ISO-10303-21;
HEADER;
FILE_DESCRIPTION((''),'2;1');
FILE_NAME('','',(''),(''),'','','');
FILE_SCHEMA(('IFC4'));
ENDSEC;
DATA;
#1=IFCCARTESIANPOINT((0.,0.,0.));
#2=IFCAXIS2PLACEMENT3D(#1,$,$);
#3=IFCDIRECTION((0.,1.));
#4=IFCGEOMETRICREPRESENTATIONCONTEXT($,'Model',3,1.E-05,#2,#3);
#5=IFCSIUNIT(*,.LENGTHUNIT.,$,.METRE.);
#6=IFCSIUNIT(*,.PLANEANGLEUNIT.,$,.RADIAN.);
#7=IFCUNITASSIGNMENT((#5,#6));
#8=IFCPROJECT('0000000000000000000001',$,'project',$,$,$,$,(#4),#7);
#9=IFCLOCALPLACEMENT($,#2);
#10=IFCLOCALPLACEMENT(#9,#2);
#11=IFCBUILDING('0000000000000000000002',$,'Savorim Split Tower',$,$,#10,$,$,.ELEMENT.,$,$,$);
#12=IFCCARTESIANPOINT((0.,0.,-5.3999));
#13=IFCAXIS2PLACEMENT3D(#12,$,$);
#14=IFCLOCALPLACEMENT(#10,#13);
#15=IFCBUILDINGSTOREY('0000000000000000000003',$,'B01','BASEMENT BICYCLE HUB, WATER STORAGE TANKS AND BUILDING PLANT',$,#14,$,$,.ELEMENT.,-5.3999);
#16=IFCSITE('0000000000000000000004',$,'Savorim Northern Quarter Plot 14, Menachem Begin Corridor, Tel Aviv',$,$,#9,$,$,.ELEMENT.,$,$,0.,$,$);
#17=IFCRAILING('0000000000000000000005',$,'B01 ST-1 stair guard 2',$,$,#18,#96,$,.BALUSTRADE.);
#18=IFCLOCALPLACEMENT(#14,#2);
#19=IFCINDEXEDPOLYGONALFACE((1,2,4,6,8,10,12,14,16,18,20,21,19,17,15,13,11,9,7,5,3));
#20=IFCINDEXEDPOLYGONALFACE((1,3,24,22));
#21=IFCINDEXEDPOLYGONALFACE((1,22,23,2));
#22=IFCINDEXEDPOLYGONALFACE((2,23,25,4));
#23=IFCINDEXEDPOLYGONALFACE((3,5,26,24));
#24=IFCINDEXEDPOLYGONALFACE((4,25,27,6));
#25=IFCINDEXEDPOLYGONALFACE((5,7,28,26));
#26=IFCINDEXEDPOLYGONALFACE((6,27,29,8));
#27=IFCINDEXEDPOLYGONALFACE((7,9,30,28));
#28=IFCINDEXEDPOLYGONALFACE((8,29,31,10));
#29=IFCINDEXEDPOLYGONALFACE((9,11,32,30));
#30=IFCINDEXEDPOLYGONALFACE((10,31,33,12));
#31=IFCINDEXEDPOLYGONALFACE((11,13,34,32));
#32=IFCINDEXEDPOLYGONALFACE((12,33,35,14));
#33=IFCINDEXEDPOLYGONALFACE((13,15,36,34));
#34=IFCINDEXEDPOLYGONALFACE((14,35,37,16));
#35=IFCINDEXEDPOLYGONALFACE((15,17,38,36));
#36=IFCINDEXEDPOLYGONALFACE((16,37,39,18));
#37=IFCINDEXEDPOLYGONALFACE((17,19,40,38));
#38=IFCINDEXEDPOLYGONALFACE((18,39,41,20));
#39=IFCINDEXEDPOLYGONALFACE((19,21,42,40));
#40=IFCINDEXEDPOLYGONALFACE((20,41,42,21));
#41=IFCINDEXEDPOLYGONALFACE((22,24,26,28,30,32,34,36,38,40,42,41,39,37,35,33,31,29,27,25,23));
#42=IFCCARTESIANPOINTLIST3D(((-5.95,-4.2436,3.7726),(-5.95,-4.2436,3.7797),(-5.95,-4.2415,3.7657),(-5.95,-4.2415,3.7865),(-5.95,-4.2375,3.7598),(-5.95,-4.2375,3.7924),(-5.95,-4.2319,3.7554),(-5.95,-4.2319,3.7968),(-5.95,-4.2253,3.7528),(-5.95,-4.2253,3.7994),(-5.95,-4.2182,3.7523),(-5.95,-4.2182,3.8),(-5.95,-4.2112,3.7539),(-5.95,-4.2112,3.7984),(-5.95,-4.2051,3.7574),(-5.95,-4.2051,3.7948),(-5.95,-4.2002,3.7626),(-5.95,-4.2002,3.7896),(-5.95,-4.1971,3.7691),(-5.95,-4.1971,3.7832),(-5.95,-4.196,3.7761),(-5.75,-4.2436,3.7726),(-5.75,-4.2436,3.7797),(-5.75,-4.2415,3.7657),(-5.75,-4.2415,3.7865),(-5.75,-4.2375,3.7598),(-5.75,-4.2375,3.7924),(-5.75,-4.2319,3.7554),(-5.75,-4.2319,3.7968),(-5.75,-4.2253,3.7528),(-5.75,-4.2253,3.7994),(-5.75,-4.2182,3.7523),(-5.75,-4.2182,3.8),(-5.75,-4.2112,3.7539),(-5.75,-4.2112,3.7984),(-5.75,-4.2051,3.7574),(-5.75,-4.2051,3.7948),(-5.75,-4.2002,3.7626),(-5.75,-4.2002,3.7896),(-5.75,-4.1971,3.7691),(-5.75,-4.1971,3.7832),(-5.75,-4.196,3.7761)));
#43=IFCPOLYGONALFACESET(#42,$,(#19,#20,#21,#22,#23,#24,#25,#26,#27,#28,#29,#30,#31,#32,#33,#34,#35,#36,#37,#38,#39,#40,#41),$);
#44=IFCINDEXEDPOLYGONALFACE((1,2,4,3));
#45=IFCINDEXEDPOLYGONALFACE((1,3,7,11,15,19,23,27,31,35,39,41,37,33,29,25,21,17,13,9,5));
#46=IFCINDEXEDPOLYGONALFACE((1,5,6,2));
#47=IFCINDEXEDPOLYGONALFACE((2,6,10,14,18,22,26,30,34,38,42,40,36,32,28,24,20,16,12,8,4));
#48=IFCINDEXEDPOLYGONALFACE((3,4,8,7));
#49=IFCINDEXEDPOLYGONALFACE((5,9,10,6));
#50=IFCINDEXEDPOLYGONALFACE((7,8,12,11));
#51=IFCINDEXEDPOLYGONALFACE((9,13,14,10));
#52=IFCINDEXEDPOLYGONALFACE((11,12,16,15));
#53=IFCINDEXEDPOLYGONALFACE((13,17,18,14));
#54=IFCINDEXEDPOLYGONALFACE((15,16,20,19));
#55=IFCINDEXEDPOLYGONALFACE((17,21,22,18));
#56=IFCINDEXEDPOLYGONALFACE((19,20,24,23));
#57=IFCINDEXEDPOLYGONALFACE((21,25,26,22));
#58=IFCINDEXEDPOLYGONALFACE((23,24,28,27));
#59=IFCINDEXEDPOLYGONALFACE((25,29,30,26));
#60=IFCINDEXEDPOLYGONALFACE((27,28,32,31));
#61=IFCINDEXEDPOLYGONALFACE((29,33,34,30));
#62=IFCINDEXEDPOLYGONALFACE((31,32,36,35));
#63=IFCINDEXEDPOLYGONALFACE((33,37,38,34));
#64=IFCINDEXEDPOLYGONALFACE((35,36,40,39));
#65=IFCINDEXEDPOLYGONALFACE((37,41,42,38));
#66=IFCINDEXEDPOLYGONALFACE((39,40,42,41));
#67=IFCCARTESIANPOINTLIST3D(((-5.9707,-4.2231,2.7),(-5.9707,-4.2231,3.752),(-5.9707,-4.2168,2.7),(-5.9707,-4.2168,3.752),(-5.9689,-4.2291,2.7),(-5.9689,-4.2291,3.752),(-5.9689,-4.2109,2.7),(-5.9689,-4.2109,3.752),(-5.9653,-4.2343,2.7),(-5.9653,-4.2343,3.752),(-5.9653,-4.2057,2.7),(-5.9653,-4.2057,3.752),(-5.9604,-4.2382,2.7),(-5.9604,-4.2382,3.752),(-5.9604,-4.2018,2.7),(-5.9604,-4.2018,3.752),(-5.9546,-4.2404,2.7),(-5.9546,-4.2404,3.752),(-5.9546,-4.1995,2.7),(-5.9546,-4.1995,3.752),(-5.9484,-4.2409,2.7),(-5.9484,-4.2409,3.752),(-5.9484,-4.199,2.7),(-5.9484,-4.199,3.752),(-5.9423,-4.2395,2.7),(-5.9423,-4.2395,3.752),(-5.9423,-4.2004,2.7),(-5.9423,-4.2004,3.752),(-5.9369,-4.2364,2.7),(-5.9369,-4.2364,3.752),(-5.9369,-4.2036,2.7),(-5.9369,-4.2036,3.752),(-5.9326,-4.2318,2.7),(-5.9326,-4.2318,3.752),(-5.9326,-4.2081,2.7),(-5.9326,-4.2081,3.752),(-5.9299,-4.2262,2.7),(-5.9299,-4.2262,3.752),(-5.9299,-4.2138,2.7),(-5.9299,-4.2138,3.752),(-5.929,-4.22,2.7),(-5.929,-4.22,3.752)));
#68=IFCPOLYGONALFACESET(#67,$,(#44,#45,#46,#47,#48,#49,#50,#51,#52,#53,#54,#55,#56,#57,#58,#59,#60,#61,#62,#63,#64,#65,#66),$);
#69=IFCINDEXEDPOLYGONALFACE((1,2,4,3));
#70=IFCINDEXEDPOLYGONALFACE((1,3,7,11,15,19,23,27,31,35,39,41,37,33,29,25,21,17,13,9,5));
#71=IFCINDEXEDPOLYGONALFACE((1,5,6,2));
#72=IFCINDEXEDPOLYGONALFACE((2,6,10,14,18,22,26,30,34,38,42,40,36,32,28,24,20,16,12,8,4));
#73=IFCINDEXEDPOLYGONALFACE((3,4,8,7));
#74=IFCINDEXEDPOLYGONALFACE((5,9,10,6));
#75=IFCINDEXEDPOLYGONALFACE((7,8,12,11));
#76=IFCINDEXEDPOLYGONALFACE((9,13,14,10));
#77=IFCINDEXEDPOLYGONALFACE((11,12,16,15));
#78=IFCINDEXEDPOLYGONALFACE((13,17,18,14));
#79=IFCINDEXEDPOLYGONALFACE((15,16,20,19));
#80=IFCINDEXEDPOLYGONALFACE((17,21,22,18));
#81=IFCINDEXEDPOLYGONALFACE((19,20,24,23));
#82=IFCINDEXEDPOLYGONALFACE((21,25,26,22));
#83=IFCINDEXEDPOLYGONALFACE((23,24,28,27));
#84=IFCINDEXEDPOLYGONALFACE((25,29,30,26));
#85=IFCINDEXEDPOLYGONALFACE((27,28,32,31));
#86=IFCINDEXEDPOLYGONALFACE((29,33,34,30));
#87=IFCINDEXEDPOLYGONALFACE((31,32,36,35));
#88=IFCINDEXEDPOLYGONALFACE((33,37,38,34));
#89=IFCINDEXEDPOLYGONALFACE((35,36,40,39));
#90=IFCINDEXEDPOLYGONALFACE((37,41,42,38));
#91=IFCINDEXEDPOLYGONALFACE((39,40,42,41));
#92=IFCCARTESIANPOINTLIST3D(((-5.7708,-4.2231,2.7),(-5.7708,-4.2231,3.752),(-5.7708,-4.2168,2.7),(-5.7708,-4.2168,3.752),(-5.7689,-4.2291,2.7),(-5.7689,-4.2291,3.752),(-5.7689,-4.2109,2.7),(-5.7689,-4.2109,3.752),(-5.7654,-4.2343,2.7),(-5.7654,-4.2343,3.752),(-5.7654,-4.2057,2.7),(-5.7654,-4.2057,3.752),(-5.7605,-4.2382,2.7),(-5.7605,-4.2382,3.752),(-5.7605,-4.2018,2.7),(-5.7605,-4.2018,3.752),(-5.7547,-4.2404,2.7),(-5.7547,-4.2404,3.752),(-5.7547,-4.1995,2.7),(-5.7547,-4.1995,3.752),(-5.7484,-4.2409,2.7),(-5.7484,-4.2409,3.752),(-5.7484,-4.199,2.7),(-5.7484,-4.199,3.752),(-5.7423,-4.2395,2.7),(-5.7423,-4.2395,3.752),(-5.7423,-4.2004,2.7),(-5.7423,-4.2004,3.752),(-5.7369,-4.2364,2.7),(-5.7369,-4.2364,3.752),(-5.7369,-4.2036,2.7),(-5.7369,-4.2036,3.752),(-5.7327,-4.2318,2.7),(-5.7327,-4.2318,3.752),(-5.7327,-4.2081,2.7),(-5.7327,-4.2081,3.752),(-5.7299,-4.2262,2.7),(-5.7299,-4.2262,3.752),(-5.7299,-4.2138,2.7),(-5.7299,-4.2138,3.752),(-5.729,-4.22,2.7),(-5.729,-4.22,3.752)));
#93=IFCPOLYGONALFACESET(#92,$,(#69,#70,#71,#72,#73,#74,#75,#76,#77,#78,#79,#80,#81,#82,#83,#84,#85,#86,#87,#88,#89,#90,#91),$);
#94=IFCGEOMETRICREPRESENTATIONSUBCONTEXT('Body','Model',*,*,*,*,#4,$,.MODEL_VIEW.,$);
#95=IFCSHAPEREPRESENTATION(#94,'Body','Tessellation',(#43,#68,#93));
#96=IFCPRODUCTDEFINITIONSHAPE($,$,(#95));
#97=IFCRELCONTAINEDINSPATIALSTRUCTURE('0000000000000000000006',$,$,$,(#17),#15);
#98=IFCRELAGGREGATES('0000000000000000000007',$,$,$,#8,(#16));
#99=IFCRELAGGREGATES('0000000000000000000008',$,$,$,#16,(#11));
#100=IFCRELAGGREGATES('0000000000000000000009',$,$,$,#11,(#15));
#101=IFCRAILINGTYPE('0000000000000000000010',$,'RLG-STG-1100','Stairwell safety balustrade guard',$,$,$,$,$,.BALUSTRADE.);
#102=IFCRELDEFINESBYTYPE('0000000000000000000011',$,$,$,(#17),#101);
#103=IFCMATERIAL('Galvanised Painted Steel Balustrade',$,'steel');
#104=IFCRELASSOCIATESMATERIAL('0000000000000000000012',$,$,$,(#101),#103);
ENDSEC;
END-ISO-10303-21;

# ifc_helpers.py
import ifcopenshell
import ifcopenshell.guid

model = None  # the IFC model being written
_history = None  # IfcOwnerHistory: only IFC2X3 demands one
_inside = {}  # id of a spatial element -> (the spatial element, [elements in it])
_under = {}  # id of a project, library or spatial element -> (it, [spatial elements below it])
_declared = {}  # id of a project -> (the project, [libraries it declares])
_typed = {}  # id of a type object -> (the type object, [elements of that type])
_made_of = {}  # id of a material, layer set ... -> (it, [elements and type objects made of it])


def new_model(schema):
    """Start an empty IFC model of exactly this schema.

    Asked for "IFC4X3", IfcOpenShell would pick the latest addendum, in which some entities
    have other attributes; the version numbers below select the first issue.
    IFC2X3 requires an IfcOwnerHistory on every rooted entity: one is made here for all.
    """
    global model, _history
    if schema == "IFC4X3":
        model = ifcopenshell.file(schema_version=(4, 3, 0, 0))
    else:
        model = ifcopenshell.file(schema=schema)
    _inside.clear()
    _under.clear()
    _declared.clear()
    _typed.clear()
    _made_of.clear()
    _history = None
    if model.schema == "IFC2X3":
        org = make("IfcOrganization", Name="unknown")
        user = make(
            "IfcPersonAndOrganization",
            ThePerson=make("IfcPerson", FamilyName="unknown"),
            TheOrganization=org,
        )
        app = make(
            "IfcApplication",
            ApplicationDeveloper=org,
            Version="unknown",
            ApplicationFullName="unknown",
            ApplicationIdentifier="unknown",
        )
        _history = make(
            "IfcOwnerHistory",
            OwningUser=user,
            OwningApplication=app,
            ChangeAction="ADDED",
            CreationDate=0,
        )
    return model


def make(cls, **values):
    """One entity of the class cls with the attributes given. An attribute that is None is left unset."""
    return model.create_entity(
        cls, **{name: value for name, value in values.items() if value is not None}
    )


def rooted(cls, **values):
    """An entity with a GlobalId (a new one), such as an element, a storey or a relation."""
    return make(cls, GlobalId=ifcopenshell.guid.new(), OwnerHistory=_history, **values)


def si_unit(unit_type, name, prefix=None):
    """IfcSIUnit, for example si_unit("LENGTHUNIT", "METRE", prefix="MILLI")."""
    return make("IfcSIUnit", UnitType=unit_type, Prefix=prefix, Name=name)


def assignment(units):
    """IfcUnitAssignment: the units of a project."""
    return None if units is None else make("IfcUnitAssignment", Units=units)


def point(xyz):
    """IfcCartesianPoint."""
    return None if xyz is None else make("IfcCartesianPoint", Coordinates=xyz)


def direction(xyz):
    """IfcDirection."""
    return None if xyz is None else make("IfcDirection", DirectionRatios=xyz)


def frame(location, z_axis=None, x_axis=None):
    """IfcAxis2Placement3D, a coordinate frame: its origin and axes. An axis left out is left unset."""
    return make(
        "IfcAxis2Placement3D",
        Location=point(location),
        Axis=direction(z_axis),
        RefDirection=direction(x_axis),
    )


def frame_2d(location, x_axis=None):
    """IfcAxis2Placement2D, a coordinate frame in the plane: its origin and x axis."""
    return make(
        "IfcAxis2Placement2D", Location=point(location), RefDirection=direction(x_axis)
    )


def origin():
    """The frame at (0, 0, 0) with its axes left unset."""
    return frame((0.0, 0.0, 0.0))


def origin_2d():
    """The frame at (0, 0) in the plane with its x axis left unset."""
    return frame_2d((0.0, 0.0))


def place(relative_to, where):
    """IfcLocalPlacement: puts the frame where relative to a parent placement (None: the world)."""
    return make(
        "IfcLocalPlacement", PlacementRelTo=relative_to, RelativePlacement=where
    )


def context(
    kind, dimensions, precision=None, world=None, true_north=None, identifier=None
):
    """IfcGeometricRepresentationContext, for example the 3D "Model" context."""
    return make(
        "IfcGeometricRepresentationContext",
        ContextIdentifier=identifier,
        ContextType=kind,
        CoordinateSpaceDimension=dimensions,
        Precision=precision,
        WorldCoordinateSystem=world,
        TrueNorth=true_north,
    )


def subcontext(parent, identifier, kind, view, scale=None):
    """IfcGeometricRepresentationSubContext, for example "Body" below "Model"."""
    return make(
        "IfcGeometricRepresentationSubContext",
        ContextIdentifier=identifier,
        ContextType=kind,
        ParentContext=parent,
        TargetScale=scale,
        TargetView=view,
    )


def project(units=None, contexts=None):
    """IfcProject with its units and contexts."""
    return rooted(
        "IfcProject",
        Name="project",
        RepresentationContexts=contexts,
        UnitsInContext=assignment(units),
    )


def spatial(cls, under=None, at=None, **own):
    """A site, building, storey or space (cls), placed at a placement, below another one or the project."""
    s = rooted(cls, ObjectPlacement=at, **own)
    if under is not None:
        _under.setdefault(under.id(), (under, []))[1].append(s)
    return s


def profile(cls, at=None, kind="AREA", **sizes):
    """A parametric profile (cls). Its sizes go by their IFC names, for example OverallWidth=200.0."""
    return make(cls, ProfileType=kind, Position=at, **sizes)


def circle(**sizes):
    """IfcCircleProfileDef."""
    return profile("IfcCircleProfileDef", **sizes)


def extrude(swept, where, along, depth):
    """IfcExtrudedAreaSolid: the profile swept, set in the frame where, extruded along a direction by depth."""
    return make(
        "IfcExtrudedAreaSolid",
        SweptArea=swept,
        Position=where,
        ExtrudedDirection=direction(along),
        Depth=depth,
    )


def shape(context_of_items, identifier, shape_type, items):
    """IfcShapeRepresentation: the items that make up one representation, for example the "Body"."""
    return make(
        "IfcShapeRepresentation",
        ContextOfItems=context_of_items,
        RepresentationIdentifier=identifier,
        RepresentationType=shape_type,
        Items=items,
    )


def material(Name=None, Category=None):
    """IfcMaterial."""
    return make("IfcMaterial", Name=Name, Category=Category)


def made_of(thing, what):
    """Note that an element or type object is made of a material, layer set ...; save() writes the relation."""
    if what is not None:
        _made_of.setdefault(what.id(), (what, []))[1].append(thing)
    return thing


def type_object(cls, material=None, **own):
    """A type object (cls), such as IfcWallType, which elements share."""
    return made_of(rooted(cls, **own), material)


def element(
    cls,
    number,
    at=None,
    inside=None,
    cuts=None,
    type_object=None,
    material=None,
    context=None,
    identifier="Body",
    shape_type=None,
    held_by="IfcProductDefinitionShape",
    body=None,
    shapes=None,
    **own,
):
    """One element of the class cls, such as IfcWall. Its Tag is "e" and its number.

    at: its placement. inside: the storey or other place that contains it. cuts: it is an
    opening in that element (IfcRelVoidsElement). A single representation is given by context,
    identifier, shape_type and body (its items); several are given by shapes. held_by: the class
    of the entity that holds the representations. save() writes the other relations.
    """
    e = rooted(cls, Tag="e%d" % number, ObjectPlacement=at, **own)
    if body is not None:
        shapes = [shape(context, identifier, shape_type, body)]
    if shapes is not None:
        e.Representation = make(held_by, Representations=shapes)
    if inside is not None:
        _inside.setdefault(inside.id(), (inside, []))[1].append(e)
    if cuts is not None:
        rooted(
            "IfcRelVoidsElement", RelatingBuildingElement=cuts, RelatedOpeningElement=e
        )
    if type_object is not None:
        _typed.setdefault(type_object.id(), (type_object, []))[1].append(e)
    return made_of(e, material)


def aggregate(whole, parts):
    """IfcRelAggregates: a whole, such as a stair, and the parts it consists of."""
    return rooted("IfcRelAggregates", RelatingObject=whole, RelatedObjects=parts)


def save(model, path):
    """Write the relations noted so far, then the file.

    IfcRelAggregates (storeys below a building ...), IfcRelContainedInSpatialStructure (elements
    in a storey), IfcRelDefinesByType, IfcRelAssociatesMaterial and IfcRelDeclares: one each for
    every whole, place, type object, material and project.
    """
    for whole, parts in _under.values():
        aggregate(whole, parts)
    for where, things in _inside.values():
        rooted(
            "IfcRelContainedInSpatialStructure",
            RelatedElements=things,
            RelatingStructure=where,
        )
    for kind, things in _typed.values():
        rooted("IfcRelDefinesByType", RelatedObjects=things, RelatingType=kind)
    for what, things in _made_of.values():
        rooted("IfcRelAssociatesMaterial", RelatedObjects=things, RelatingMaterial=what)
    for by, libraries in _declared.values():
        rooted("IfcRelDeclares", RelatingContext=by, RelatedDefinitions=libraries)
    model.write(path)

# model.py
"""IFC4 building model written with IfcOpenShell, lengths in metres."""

from ifc_helpers import new_model, si_unit, direction, frame, origin, origin_2d, place, context, subcontext, project, spatial, circle, extrude, material, type_object, element, save


model = new_model("IFC4")

# Units and contexts
model_context = context("Model", 3, precision=1e-05, world=origin(), true_north=direction((0.0, 1.0)))
body_context = subcontext(model_context, "Body", "Model", "MODEL_VIEW")
ifc_project = project(units=[si_unit("LENGTHUNIT", "METRE"), si_unit("PLANEANGLEUNIT", "RADIAN")], contexts=[model_context])

# Site, building, storey
site_placement = place(None, origin())
site = spatial("IfcSite", under=ifc_project, at=site_placement, Name="Savorim Northern Quarter Plot 14, Menachem Begin Corridor, Tel Aviv", CompositionType="ELEMENT", RefElevation=0.0)
building_placement = place(site_placement, origin())
building = spatial("IfcBuilding", under=site, at=building_placement, Name="Savorim Split Tower", CompositionType="ELEMENT")
storey_placement = place(building_placement, frame((0.0, 0.0, -5.3999)))
storey = spatial("IfcBuildingStorey", under=building, at=storey_placement, Name="B01", Description="BASEMENT BICYCLE HUB, WATER STORAGE TANKS AND BUILDING PLANT", CompositionType="ELEMENT", Elevation=-5.3999)

# Railing
ifc_material_1 = material(Name="Galvanised Painted Steel Balustrade", Category="steel")
railing_type_1 = type_object("IfcRailingType", Name="RLG-STG-1100", Description="Stairwell safety balustrade guard", PredefinedType="BALUSTRADE", material=ifc_material_1)
railing_1_placement = place(storey_placement, frame((-5.95, -4.22, 2.7)))
element("IfcRailing", 1, at=railing_1_placement, inside=storey, type_object=railing_type_1, Name="B01 ST-1 stair guard 2", PredefinedType="BALUSTRADE", context=body_context, shape_type="SweptSolid", body=[
    extrude(circle(Radius=0.0239, at=origin_2d()), frame((0.0, 0.0, 1.0762), z_axis=(1.0, 0.0, 0.0), x_axis=(0.0, 1.0, 0.0)), (0.0, 0.0, 1.0), 0.2),
    extrude(circle(Radius=0.021, at=origin_2d()), origin(), (0.0, 0.0, 1.0), 1.052),
    extrude(circle(Radius=0.021, at=origin_2d()), frame((0.2, 0.0, 0.0)), (0.0, 0.0, 1.0), 1.052),
])

save(model, "model.ifc")
